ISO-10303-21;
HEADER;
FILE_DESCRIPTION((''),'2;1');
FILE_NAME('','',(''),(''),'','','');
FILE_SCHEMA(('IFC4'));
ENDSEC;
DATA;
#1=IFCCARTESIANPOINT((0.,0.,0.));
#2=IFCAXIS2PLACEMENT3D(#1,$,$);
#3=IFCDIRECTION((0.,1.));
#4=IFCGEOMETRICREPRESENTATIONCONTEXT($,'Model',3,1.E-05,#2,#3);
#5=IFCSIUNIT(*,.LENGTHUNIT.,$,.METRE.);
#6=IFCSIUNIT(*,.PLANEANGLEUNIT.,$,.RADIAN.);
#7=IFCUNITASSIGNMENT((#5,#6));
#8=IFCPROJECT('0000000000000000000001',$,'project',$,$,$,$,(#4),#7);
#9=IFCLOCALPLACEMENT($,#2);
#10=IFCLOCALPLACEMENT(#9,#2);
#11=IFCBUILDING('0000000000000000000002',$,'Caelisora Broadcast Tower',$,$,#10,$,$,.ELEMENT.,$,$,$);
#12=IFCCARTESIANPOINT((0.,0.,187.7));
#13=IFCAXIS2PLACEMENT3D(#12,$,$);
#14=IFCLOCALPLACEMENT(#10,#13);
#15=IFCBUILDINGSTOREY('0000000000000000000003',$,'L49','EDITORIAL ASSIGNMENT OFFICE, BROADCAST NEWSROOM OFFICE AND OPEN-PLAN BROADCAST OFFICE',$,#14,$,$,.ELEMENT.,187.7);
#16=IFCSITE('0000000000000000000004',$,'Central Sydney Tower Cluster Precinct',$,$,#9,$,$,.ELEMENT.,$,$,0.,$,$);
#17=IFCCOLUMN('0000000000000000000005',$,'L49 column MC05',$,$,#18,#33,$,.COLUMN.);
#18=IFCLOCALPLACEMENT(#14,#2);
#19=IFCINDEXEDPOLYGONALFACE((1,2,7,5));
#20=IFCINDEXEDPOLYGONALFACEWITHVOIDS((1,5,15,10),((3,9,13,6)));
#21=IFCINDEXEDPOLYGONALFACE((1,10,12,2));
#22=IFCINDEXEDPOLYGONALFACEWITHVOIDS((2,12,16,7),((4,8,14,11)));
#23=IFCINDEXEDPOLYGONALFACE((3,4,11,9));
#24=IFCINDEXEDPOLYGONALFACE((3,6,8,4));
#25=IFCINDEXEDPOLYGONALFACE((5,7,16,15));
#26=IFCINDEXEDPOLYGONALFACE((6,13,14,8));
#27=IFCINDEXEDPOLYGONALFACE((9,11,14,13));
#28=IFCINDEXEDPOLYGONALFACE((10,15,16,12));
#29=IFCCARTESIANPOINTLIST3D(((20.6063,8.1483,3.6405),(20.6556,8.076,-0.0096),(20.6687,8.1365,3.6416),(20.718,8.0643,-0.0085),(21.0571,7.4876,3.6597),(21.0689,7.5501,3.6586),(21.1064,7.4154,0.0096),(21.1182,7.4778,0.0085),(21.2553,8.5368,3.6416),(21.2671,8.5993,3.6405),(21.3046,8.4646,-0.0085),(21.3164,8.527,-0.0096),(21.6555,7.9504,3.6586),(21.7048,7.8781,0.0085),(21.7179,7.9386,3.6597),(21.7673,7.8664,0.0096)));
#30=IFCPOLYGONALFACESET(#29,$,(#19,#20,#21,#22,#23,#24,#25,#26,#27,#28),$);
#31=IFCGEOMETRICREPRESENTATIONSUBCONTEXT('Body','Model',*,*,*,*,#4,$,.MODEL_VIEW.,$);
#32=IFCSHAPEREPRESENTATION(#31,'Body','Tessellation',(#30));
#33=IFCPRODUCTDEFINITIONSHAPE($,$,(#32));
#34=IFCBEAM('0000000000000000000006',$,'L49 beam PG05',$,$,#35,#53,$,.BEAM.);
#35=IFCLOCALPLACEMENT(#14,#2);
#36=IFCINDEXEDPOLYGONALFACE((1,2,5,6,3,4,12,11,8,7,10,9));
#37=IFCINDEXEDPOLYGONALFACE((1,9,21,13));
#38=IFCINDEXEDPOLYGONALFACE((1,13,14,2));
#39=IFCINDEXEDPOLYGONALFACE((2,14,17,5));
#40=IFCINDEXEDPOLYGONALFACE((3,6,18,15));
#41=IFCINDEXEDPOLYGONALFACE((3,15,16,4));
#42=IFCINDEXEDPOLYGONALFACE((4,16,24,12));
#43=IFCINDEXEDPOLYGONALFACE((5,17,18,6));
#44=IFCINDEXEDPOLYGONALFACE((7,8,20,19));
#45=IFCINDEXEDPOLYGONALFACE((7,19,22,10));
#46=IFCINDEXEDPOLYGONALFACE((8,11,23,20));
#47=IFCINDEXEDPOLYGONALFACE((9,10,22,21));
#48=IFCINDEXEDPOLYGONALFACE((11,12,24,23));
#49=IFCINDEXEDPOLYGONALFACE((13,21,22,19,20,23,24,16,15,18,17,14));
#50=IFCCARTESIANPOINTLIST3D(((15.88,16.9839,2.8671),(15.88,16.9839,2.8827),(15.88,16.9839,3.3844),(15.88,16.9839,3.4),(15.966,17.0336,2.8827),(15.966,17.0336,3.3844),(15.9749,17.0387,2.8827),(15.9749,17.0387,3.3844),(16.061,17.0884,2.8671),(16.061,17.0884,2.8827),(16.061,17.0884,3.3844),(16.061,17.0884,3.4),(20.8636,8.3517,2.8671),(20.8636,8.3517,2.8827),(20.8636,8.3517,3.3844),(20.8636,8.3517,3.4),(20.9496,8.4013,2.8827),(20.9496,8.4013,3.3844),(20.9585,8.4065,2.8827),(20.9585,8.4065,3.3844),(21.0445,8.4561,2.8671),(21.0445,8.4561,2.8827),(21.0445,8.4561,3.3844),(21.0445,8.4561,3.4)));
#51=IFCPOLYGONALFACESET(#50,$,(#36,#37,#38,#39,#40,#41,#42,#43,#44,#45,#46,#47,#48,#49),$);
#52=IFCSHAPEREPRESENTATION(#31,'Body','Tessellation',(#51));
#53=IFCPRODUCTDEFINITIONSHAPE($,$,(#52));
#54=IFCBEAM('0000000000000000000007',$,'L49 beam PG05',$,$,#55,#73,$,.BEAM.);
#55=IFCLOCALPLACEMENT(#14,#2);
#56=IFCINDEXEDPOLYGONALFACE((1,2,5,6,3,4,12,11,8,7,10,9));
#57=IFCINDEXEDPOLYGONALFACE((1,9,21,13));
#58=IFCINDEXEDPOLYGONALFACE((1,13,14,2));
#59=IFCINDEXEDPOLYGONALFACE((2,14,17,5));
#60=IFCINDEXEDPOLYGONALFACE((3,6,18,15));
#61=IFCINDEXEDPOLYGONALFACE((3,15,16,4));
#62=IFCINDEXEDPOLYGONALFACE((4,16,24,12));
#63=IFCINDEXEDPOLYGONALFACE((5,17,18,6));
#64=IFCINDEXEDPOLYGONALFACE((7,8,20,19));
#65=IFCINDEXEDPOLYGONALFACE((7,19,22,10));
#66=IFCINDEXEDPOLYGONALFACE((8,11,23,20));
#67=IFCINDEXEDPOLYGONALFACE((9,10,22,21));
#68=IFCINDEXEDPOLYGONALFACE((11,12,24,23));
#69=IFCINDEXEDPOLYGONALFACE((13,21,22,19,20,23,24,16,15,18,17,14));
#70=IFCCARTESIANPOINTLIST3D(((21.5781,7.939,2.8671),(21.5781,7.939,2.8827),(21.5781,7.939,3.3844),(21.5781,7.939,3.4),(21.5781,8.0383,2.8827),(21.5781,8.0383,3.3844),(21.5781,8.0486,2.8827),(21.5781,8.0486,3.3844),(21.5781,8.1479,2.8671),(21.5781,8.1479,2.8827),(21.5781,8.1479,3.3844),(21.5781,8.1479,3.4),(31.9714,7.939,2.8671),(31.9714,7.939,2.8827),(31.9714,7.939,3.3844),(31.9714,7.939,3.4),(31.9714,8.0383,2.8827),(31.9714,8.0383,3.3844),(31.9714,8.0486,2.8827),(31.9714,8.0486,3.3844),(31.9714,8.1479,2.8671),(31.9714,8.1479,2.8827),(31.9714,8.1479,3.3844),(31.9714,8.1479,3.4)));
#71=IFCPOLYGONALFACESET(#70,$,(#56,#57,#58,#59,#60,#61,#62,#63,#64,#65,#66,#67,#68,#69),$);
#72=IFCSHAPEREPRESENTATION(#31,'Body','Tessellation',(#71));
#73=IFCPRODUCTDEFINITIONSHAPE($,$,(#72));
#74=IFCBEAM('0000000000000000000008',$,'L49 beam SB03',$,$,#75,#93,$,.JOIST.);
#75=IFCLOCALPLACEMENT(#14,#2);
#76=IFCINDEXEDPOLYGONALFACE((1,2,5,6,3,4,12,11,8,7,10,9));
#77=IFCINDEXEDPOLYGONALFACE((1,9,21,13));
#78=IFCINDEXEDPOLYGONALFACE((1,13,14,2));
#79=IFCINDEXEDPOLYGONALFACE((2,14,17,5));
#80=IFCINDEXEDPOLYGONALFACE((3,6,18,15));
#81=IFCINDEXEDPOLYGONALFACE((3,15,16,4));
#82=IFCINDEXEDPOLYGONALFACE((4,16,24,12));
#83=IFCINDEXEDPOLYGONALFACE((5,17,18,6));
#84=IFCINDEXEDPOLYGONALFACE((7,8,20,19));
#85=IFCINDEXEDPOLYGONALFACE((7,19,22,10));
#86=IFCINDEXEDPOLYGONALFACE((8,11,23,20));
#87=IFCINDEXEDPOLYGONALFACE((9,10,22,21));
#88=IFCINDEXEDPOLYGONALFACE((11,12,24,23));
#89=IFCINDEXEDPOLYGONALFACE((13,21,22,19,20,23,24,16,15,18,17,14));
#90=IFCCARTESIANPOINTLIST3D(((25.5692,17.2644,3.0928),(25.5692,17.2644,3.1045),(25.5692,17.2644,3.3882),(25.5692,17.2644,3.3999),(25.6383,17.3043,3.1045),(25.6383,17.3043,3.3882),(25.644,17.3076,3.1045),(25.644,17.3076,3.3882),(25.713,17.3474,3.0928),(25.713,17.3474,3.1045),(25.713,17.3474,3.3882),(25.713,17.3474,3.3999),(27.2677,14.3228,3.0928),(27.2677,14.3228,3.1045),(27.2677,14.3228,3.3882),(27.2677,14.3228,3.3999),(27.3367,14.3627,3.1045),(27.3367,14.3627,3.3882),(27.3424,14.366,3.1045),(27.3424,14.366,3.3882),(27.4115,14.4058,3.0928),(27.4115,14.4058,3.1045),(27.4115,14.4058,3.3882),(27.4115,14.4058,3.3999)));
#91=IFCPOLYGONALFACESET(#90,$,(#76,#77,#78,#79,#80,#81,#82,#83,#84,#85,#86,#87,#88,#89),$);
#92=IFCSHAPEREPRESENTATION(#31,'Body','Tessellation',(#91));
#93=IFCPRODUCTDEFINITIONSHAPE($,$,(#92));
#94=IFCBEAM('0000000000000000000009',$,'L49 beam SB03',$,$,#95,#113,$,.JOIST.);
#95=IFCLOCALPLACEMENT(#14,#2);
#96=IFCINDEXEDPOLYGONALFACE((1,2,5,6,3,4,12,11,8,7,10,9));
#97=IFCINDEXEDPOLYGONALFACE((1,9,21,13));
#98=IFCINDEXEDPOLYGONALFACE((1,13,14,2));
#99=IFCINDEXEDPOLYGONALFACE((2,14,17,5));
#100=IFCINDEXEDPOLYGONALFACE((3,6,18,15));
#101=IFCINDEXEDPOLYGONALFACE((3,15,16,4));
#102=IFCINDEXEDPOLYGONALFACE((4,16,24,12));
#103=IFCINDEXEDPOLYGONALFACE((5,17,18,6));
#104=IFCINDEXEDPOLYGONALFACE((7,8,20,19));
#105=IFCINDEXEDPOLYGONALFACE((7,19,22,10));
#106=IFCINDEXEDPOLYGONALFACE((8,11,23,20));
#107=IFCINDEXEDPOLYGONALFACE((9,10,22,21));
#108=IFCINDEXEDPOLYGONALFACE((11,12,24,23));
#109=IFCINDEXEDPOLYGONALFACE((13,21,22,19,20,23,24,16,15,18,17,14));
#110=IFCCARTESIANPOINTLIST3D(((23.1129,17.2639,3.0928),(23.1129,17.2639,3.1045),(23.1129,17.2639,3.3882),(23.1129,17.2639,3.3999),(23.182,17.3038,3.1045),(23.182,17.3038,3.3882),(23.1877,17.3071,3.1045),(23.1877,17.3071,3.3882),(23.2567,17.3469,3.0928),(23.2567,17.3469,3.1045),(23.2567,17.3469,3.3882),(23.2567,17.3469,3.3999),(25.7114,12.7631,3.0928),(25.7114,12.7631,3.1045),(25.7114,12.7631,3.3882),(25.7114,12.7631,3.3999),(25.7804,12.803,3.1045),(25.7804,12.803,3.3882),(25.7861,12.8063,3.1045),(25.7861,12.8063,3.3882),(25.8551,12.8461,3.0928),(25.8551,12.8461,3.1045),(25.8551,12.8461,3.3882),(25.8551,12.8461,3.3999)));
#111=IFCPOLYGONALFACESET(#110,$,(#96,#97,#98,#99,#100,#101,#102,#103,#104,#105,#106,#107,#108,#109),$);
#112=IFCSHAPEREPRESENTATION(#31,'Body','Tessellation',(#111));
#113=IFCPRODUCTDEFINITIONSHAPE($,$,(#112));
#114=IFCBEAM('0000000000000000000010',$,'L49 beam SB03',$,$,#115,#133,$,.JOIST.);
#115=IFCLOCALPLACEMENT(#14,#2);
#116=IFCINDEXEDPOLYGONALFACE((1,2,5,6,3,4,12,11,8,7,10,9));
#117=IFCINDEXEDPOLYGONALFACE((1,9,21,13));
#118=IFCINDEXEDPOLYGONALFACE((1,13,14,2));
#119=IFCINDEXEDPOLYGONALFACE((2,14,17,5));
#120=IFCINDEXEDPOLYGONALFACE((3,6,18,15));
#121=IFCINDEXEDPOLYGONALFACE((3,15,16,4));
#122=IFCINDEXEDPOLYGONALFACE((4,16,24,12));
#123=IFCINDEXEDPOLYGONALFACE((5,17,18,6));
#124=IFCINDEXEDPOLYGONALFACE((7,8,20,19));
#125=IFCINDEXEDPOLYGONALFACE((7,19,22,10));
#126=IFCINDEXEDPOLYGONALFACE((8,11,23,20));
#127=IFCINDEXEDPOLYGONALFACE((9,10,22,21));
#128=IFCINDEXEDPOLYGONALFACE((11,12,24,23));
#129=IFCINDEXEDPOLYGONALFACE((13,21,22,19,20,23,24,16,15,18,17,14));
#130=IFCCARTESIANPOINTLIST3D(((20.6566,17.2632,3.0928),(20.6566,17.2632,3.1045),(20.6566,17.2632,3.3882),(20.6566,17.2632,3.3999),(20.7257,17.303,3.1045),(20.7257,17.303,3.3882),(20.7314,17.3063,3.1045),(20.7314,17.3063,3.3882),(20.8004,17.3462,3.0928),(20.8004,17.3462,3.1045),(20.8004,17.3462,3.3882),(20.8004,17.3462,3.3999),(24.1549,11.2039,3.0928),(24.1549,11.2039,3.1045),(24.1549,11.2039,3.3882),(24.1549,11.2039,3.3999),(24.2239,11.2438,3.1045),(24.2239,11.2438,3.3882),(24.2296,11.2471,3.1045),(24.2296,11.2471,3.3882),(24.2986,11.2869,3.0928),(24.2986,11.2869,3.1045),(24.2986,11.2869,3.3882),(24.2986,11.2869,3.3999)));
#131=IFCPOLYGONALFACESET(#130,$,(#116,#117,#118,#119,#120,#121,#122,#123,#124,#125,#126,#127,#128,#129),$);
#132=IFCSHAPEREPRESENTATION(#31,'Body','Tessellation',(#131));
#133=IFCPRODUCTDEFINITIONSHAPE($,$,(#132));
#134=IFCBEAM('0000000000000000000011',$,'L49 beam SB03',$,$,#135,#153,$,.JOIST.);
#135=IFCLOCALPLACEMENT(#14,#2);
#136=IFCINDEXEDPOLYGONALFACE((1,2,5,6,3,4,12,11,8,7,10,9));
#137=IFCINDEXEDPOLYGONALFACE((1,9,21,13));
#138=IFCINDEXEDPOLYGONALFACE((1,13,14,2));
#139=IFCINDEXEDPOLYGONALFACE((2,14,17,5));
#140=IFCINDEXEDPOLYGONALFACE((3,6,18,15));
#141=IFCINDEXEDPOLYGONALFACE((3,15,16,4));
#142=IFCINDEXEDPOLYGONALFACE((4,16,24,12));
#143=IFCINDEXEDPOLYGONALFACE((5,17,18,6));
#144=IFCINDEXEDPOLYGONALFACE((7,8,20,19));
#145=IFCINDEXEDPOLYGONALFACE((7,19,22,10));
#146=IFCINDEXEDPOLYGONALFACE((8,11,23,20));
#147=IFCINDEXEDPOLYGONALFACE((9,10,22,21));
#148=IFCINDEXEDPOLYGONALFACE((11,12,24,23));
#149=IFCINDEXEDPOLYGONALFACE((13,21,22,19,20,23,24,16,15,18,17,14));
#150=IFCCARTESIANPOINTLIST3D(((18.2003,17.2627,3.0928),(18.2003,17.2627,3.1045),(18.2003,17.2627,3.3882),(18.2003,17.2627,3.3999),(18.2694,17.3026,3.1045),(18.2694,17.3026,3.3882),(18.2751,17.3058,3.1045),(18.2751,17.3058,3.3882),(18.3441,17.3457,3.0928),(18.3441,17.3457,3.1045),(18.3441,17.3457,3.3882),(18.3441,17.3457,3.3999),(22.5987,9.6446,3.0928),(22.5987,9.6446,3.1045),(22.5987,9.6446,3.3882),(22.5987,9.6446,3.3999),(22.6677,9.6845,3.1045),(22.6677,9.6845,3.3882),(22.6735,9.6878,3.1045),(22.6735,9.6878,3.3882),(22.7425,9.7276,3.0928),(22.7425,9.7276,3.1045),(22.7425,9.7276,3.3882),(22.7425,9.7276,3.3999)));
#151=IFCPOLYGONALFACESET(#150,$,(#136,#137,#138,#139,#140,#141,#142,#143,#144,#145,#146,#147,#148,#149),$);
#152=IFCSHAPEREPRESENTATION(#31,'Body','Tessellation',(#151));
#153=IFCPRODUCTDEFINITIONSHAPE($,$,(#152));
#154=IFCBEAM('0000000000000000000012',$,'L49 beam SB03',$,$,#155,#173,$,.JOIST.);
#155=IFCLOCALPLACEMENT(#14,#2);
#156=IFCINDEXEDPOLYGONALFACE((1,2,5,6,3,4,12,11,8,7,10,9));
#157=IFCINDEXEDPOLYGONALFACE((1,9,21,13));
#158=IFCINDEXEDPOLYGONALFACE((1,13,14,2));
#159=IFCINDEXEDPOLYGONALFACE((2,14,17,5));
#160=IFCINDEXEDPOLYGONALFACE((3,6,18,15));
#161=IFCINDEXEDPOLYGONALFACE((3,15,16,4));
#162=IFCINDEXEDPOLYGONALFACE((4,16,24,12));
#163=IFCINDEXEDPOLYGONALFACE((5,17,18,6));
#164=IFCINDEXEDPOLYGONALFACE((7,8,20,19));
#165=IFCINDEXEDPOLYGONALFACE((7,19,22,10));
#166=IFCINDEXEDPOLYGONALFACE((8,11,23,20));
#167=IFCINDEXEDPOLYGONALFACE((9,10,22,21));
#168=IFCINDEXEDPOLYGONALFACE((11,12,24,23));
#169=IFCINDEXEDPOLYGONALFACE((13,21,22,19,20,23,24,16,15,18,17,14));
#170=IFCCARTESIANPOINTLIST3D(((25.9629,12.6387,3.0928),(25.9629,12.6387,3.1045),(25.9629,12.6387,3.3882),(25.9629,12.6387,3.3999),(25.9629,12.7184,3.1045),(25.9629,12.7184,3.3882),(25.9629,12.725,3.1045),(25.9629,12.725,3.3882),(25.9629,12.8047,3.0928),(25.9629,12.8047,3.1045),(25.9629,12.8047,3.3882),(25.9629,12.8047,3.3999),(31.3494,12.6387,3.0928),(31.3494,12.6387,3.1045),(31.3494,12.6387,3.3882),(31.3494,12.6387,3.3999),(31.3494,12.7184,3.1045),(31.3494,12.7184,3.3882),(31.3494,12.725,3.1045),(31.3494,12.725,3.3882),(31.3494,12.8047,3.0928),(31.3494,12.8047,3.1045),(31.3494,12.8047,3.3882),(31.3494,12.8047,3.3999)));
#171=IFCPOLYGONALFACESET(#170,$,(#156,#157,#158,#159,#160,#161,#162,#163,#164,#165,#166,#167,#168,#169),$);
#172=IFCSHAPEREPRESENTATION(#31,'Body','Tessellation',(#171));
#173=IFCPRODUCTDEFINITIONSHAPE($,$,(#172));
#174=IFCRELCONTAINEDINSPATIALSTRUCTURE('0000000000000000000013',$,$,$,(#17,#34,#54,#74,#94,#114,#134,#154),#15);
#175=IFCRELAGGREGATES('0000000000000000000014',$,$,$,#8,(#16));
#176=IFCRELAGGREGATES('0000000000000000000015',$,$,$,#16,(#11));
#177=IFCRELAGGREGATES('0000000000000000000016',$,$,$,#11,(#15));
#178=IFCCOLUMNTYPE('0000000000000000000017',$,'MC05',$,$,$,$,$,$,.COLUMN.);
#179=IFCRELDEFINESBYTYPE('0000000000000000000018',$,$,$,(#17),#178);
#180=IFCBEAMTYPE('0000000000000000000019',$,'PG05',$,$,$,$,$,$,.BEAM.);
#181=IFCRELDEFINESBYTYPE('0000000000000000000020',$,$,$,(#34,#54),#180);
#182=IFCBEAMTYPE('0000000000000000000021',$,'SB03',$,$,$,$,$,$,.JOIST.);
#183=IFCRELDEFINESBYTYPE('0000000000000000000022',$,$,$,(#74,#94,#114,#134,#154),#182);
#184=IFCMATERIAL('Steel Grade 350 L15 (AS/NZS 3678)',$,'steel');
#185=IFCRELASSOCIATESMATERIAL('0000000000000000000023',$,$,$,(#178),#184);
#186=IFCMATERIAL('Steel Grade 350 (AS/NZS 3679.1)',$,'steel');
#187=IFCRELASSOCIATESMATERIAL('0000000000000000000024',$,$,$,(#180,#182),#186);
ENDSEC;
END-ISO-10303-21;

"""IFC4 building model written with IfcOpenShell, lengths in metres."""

from ifc_helpers import new_model, si_unit, direction, frame, origin, origin_2d, place, context, subcontext, project, spatial, hollow_rectangle, i_section, extrude, source, transform, mapped, material, material_profile, profile_set, type_object, type_shapes, element, save


model = new_model("IFC4")

# Units and contexts
model_context = context("Model", 3, precision=1e-05, world=origin(), true_north=direction((0.0, 1.0)))
body_context = subcontext(model_context, "Body", "Model", "MODEL_VIEW")
ifc_project = project(units=[si_unit("LENGTHUNIT", "METRE"), si_unit("PLANEANGLEUNIT", "RADIAN")], contexts=[model_context])

# Site, building, storey
site_placement = place(None, origin())
site = spatial("IfcSite", under=ifc_project, at=site_placement, Name="Central Sydney Tower Cluster Precinct", CompositionType="ELEMENT", RefElevation=0.0)
building_placement = place(site_placement, origin())
building = spatial("IfcBuilding", under=site, at=building_placement, Name="Caelisora Broadcast Tower", CompositionType="ELEMENT")
storey_placement = place(building_placement, frame((0.0, 0.0, 187.7)))
storey = spatial("IfcBuildingStorey", under=building, at=storey_placement, Name="L49", Description="EDITORIAL ASSIGNMENT OFFICE, BROADCAST NEWSROOM OFFICE AND OPEN-PLAN BROADCAST OFFICE", CompositionType="ELEMENT", Elevation=187.7)

# Column
ifc_material_1 = material(Name="Steel Grade 350 L15 (AS/NZS 3678)", Category="steel")
ifc_material_profile_1 = material_profile(ifc_material_1, hollow_rectangle(XDim=0.8, YDim=0.8, WallThickness=0.0449, at=origin_2d()), Name="Steel Grade 350 L15 (AS/NZS 3678)")
ifc_profile_set_1 = profile_set([ifc_material_profile_1], Name="Steel Grade 350 L15 (AS/NZS 3678)")
column_type = type_object("IfcColumnType", Name="MC05", PredefinedType="COLUMN", material=ifc_profile_set_1)
shared_shape_1 = source(origin(), body_context, "Body", "SweptSolid", [
    extrude(hollow_rectangle(XDim=0.8, YDim=0.8, WallThickness=0.0449, at=origin_2d()), origin(), (0.0, 0.0, 1.0), 3.6511),
])
type_shapes(column_type, [shared_shape_1])
column_placement = place(storey_placement, frame((21.2114, 7.9712, 0.0), z_axis=(-0.013507, 0.019792, 0.999713), x_axis=(-0.825991, -0.563683, 0.0)))
element("IfcColumn", 1, at=column_placement, inside=storey, type_object=column_type, Name="L49 column MC05", PredefinedType="COLUMN", context=body_context, shape_type="MappedRepresentation", body=[
    mapped(shared_shape_1, transform((0.0, 0.0, 0.0), scale=1.0)),
])

# Beams
ifc_material_2 = material(Name="Steel Grade 350 (AS/NZS 3679.1)", Category="steel")
ifc_material_profile_2 = material_profile(ifc_material_2, i_section(OverallWidth=0.209, OverallDepth=0.533, WebThickness=0.0103, FlangeThickness=0.0156, at=origin_2d()), Name="Steel Grade 350 (AS/NZS 3679.1)")
ifc_profile_set_2 = profile_set([ifc_material_profile_2], Name="Steel Grade 350 (AS/NZS 3679.1)")
beam_type_1 = type_object("IfcBeamType", Name="PG05", PredefinedType="BEAM", material=ifc_profile_set_2)
shared_shape_2 = source(origin(), body_context, "Body", "SweptSolid", [
    extrude(i_section(OverallWidth=0.209, OverallDepth=0.533, WebThickness=0.0103, FlangeThickness=0.0156, at=origin_2d()), origin(), (0.0, 0.0, 1.0), 9.9675),
])
beam_1_placement = place(storey_placement, frame((15.9705, 17.0361, 3.1335), z_axis=(0.499983, -0.866035, 0.0), x_axis=(0.866035, 0.499983, 0.0)))
element("IfcBeam", 2, at=beam_1_placement, inside=storey, type_object=beam_type_1, Name="L49 beam PG05", PredefinedType="BEAM", context=body_context, shape_type="MappedRepresentation", body=[
    mapped(shared_shape_2, transform((0.0, 0.0, 0.0), scale=1.0)),
])
shared_shape_3 = source(origin(), body_context, "Body", "SweptSolid", [
    extrude(i_section(OverallWidth=0.209, OverallDepth=0.533, WebThickness=0.0103, FlangeThickness=0.0156, at=origin_2d()), origin(), (0.0, 0.0, 1.0), 10.3933),
])
type_shapes(beam_type_1, [shared_shape_2, shared_shape_3])
beam_2_placement = place(storey_placement, frame((21.5781, 8.0435, 3.1335), z_axis=(1.0, 0.0, 0.0), x_axis=(0.0, 1.0, 0.0)))
element("IfcBeam", 3, at=beam_2_placement, inside=storey, type_object=beam_type_1, Name="L49 beam PG05", PredefinedType="BEAM", context=body_context, shape_type="MappedRepresentation", body=[
    mapped(shared_shape_3, transform((0.0, 0.0, 0.0), scale=1.0)),
])
ifc_material_profile_3 = material_profile(ifc_material_2, i_section(OverallWidth=0.166, OverallDepth=0.3071, WebThickness=0.0066, FlangeThickness=0.0117, at=origin_2d()), Name="Steel Grade 350 (AS/NZS 3679.1)")
ifc_profile_set_3 = profile_set([ifc_material_profile_3], Name="Steel Grade 350 (AS/NZS 3679.1)")
beam_type_2 = type_object("IfcBeamType", Name="SB03", PredefinedType="JOIST", material=ifc_profile_set_3)
shared_shape_4 = source(origin(), body_context, "Body", "SweptSolid", [
    extrude(i_section(OverallWidth=0.166, OverallDepth=0.3071, WebThickness=0.0066, FlangeThickness=0.0117, at=origin_2d()), origin(), (0.0, 0.0, 1.0), 3.3967),
])
beam_3_placement = place(storey_placement, frame((25.6411, 17.3059, 3.2463), z_axis=(0.500027, -0.86601, 0.0), x_axis=(0.86601, 0.500027, 0.0)))
element("IfcBeam", 4, at=beam_3_placement, inside=storey, type_object=beam_type_2, Name="L49 beam SB03", PredefinedType="JOIST", context=body_context, shape_type="MappedRepresentation", body=[
    mapped(shared_shape_4, transform((0.0, 0.0, 0.0), scale=1.0)),
])
shared_shape_5 = source(origin(), body_context, "Body", "SweptSolid", [
    extrude(i_section(OverallWidth=0.166, OverallDepth=0.3071, WebThickness=0.0066, FlangeThickness=0.0117, at=origin_2d()), origin(), (0.0, 0.0, 1.0), 5.197),
])
beam_4_placement = place(storey_placement, frame((23.1848, 17.3054, 3.2463), z_axis=(0.499984, -0.866035, 0.0), x_axis=(0.866035, 0.499984, 0.0)))
element("IfcBeam", 5, at=beam_4_placement, inside=storey, type_object=beam_type_2, Name="L49 beam SB03", PredefinedType="JOIST", context=body_context, shape_type="MappedRepresentation", body=[
    mapped(shared_shape_5, transform((0.0, 0.0, 0.0), scale=1.0)),
])
shared_shape_6 = source(origin(), body_context, "Body", "SweptSolid", [
    extrude(i_section(OverallWidth=0.166, OverallDepth=0.3071, WebThickness=0.0066, FlangeThickness=0.0117, at=origin_2d()), origin(), (0.0, 0.0, 1.0), 6.9966),
])
beam_5_placement = place(storey_placement, frame((20.7285, 17.3047, 3.2463), z_axis=(0.499993, -0.866029, 0.0), x_axis=(0.866029, 0.499993, 0.0)))
element("IfcBeam", 6, at=beam_5_placement, inside=storey, type_object=beam_type_2, Name="L49 beam SB03", PredefinedType="JOIST", context=body_context, shape_type="MappedRepresentation", body=[
    mapped(shared_shape_6, transform((0.0, 0.0, 0.0), scale=1.0)),
])
shared_shape_7 = source(origin(), body_context, "Body", "SweptSolid", [
    extrude(i_section(OverallWidth=0.166, OverallDepth=0.3071, WebThickness=0.0066, FlangeThickness=0.0117, at=origin_2d()), origin(), (0.0, 0.0, 1.0), 8.7966),
])
beam_6_placement = place(storey_placement, frame((18.2722, 17.3042, 3.2463), z_axis=(0.500008, -0.866021, 0.0), x_axis=(0.866021, 0.500008, 0.0)))
element("IfcBeam", 7, at=beam_6_placement, inside=storey, type_object=beam_type_2, Name="L49 beam SB03", PredefinedType="JOIST", context=body_context, shape_type="MappedRepresentation", body=[
    mapped(shared_shape_7, transform((0.0, 0.0, 0.0), scale=1.0)),
])
shared_shape_8 = source(origin(), body_context, "Body", "SweptSolid", [
    extrude(i_section(OverallWidth=0.166, OverallDepth=0.3071, WebThickness=0.0066, FlangeThickness=0.0117, at=origin_2d()), origin(), (0.0, 0.0, 1.0), 5.3865),
])
beam_7_placement = place(storey_placement, frame((25.9629, 12.7217, 3.2463), z_axis=(1.0, 0.0, 0.0), x_axis=(0.0, 1.0, 0.0)))
element("IfcBeam", 8, at=beam_7_placement, inside=storey, type_object=beam_type_2, Name="L49 beam SB03", PredefinedType="JOIST", context=body_context, shape_type="MappedRepresentation", body=[
    mapped(shared_shape_8, transform((0.0, 0.0, 0.0), scale=1.0)),
])

save(model, "model.ifc")
